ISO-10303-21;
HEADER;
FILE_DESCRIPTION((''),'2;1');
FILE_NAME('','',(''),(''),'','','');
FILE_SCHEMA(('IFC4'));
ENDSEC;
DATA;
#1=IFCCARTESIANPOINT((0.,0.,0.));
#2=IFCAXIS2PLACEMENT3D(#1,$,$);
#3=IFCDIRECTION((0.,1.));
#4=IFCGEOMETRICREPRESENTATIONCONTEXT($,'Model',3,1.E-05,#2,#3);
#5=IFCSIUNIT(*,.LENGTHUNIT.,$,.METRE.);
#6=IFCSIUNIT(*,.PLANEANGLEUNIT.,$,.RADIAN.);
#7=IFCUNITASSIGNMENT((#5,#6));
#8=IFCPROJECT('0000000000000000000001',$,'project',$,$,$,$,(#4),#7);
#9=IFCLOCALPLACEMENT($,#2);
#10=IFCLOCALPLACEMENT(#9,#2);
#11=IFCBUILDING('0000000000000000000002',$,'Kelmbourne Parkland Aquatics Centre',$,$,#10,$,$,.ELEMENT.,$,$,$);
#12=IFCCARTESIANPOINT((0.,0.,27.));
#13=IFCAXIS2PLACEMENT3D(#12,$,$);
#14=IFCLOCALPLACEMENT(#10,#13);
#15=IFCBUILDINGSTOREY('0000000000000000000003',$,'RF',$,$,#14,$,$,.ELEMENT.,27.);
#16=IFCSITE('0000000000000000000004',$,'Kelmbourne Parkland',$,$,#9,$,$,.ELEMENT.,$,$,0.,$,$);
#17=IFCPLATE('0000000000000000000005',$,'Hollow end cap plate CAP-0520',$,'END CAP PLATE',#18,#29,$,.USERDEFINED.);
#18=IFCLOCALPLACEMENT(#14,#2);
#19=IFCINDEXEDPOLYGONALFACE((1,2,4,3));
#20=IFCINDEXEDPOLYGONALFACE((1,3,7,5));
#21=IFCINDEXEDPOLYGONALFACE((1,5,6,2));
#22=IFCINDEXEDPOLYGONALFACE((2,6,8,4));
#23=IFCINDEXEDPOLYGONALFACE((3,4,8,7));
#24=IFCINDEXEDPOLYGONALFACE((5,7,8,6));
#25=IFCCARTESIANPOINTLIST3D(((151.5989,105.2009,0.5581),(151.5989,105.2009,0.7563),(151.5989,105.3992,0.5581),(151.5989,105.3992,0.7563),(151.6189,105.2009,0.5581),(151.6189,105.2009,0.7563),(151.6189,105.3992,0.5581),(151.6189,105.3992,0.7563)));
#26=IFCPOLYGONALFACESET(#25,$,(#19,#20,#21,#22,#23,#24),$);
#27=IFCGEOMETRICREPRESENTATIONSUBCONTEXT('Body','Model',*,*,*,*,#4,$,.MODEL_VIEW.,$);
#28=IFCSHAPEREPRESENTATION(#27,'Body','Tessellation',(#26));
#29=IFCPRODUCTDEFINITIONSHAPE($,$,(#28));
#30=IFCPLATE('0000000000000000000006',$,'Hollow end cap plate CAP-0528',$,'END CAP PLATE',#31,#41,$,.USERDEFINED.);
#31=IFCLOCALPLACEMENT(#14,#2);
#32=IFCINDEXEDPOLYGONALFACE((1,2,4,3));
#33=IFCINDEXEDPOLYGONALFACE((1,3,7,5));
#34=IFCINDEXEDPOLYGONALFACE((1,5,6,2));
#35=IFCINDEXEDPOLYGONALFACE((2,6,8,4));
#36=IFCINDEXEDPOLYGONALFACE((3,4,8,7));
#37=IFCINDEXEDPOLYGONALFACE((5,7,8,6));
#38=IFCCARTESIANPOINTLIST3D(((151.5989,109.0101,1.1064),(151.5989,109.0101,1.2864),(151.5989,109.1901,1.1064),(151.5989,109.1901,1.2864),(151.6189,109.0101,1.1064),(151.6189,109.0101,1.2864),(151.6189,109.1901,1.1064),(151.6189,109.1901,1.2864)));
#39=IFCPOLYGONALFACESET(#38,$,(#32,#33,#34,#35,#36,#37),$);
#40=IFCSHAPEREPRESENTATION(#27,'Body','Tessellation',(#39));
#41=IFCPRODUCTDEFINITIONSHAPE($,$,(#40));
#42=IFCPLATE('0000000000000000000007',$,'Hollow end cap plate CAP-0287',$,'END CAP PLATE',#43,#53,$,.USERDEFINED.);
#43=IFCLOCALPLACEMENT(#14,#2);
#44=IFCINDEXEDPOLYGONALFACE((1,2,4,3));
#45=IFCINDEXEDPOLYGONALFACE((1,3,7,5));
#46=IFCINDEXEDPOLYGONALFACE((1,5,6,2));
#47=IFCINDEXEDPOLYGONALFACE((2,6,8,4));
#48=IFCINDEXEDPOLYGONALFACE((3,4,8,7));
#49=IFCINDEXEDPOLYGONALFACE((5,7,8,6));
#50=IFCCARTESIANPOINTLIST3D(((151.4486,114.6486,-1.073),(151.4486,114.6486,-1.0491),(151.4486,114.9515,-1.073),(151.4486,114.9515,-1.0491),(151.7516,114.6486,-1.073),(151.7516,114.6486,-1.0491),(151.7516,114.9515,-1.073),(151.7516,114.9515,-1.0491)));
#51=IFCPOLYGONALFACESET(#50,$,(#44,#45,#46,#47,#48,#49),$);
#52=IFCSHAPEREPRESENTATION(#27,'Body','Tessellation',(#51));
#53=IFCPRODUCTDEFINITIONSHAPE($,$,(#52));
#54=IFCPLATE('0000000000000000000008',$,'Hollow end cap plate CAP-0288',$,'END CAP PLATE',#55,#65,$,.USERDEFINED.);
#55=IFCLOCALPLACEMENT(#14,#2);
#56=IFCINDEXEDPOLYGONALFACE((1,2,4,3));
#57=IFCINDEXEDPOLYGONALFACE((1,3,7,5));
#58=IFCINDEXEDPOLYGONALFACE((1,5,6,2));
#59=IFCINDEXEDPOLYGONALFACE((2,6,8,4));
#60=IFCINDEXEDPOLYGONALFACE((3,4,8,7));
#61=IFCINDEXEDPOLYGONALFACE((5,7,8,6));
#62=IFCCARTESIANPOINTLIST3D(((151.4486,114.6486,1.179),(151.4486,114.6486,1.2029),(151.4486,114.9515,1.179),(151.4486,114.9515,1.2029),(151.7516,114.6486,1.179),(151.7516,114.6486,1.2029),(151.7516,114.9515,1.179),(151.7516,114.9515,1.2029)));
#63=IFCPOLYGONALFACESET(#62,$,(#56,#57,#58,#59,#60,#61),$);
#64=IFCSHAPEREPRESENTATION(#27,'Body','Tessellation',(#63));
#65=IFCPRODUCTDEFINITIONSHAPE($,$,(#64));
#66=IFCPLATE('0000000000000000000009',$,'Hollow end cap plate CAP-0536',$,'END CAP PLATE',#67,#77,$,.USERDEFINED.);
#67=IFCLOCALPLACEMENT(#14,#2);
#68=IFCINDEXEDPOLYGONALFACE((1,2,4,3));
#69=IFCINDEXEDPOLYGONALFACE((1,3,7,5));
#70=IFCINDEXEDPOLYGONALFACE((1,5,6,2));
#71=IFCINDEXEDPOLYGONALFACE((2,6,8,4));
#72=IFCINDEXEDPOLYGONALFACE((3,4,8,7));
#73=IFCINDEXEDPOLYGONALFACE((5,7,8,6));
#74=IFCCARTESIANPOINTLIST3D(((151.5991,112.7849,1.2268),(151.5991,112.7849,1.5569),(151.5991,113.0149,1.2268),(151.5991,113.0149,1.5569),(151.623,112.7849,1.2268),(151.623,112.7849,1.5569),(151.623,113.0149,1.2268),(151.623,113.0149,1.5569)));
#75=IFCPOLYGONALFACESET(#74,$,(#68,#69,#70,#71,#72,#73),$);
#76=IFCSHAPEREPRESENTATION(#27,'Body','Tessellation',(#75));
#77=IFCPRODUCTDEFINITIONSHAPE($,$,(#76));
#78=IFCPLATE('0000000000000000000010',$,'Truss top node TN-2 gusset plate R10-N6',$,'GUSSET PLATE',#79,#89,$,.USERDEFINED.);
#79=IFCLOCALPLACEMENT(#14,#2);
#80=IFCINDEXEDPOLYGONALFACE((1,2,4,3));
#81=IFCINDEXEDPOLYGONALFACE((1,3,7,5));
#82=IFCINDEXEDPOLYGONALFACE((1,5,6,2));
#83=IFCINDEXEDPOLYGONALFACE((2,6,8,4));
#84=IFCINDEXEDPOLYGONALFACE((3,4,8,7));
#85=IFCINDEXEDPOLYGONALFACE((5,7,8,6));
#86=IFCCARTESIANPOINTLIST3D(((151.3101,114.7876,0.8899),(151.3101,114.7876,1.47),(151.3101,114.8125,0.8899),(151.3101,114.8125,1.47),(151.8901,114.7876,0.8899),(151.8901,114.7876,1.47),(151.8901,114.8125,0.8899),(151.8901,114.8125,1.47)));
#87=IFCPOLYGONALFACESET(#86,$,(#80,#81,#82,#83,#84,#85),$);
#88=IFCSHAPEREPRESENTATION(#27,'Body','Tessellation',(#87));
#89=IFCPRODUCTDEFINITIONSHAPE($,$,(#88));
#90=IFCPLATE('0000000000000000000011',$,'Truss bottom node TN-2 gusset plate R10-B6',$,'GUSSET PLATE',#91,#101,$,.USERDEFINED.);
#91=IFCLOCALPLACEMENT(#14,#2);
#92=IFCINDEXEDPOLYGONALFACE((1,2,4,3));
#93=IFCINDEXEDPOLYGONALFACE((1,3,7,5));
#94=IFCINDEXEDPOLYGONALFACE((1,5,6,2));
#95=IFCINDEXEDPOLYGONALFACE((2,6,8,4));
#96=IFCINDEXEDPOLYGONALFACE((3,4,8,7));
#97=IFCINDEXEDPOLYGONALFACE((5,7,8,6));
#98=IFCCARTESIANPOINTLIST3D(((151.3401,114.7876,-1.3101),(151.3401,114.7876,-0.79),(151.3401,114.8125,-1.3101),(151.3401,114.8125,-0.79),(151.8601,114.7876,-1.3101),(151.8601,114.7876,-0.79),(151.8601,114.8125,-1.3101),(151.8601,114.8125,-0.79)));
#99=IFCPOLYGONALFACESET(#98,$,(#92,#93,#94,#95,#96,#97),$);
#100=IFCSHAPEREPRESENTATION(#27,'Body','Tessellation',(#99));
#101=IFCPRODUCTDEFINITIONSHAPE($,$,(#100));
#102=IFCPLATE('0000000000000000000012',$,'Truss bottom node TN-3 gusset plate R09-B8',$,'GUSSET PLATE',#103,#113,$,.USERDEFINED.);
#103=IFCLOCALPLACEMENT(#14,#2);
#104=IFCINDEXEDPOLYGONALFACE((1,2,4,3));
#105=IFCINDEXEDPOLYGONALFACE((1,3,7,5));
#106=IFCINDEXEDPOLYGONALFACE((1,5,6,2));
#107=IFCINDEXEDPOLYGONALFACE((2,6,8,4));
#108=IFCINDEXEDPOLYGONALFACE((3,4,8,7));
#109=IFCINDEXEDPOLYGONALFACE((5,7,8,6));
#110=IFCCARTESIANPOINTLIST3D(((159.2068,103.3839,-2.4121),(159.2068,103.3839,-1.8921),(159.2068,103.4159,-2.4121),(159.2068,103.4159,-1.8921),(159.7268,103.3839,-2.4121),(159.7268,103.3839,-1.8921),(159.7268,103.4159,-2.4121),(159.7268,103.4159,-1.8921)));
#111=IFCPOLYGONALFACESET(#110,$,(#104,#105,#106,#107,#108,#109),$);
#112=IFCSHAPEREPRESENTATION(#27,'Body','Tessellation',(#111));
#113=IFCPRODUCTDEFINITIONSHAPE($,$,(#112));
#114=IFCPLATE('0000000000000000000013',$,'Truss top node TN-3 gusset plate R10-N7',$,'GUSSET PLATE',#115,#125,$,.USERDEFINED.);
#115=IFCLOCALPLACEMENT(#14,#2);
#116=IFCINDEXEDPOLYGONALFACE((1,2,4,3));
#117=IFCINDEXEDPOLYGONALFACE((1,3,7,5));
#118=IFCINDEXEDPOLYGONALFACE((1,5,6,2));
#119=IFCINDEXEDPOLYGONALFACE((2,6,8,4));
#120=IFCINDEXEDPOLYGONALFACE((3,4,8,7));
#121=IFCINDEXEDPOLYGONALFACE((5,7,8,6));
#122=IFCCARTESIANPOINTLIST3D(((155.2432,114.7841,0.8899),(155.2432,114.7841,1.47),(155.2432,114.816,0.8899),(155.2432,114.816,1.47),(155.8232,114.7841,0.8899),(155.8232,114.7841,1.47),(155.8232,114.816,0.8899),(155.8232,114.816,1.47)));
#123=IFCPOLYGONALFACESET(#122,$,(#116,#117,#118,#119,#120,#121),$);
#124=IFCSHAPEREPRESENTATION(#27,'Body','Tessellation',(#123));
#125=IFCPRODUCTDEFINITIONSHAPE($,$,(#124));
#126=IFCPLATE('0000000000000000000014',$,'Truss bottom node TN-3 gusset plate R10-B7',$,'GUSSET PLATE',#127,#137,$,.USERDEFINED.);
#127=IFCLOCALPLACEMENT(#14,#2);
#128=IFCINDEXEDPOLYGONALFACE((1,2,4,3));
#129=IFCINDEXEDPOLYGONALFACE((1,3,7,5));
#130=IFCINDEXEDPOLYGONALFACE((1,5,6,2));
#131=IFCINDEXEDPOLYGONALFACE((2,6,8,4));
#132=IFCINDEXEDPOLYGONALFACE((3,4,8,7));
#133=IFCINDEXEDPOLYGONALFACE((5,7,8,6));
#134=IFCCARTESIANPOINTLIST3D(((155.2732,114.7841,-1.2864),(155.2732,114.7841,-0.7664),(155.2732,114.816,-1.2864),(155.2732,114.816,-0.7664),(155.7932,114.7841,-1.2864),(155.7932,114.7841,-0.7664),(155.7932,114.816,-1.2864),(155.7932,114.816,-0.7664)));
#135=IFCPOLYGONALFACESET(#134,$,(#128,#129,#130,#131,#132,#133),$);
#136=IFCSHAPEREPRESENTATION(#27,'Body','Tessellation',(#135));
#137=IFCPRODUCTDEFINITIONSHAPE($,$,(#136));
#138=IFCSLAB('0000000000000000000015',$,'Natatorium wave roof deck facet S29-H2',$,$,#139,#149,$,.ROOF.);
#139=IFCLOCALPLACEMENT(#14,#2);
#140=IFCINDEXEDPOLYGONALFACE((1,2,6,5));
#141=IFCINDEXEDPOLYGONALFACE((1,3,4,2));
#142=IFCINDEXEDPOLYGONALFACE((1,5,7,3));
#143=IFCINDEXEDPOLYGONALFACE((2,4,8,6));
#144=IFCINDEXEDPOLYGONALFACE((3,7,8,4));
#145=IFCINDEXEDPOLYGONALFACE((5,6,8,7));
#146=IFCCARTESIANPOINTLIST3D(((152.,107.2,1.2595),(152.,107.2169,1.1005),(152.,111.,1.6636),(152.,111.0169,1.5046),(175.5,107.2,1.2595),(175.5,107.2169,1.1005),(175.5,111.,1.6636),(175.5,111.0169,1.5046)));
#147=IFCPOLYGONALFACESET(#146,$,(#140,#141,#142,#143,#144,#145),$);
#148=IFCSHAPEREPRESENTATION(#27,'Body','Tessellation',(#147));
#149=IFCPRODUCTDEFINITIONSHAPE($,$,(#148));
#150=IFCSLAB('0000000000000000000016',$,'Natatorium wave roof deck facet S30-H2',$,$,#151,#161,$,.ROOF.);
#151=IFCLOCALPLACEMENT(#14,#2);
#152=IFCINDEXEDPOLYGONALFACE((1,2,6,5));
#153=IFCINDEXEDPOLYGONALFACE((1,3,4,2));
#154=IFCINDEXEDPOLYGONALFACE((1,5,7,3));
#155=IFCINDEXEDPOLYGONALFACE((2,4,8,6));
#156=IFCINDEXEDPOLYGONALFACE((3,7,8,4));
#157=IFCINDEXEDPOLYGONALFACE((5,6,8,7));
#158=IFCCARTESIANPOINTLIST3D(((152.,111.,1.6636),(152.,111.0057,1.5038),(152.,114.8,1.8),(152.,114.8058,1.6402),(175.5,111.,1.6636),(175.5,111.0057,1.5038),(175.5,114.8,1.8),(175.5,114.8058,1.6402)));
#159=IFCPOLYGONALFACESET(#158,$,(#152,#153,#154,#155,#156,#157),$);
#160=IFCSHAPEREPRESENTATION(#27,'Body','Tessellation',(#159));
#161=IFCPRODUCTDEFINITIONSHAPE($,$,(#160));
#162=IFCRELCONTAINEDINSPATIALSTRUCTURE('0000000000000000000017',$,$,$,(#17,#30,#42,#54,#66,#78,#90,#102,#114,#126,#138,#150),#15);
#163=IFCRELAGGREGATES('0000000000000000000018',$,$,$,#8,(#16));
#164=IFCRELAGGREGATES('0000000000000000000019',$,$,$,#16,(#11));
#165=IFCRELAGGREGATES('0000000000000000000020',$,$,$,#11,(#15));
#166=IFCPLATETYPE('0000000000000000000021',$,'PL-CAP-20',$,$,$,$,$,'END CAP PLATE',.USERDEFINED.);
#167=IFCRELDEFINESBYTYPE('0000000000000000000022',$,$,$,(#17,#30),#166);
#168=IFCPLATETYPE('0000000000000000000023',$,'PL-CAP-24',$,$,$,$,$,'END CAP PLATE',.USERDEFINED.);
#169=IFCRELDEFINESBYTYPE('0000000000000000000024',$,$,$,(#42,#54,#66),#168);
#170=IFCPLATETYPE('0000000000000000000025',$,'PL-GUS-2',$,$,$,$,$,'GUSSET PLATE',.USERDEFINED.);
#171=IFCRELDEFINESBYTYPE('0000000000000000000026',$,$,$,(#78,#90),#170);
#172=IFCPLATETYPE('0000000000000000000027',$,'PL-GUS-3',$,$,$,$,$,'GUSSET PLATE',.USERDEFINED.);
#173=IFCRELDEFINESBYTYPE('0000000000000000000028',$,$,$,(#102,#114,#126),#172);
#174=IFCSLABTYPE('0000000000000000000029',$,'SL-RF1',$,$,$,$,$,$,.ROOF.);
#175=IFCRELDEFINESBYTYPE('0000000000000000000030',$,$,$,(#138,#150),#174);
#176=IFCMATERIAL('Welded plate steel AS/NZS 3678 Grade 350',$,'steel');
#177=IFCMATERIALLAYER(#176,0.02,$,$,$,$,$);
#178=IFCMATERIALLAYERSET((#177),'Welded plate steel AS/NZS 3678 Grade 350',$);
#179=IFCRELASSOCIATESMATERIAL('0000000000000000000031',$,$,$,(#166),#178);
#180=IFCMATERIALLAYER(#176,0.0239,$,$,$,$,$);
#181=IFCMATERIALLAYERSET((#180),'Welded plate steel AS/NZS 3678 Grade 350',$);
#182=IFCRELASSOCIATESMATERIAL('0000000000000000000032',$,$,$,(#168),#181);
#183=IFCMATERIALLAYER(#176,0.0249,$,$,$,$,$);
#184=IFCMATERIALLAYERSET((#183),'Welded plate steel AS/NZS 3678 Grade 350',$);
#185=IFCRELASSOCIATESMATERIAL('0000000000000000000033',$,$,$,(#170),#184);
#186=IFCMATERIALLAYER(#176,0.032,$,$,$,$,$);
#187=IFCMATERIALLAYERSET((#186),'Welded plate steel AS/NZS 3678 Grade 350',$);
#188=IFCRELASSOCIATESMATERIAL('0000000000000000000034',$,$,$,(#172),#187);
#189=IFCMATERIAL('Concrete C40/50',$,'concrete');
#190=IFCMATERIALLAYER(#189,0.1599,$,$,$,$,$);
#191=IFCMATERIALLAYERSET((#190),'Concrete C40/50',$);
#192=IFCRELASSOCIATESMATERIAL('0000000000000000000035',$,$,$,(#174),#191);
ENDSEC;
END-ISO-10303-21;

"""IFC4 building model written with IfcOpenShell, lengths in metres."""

from ifc_helpers import new_model, si_unit, direction, frame, origin, origin_2d, place, context, subcontext, project, spatial, polyline, rectangle, outline, extrude, material, layer, layer_set, type_object, element, save


model = new_model("IFC4")

# Units and contexts
model_context = context("Model", 3, precision=1e-05, world=origin(), true_north=direction((0.0, 1.0)))
body_context = subcontext(model_context, "Body", "Model", "MODEL_VIEW")
ifc_project = project(units=[si_unit("LENGTHUNIT", "METRE"), si_unit("PLANEANGLEUNIT", "RADIAN")], contexts=[model_context])

# Site, building, storey
site_placement = place(None, origin())
site = spatial("IfcSite", under=ifc_project, at=site_placement, Name="Kelmbourne Parkland", CompositionType="ELEMENT", RefElevation=0.0)
building_placement = place(site_placement, origin())
building = spatial("IfcBuilding", under=site, at=building_placement, Name="Kelmbourne Parkland Aquatics Centre", CompositionType="ELEMENT")
storey_placement = place(building_placement, frame((0.0, 0.0, 27.0)))
storey = spatial("IfcBuildingStorey", under=building, at=storey_placement, Name="RF", CompositionType="ELEMENT", Elevation=27.0)

# Shared definitions
ifc_material_1 = material(Name="Welded plate steel AS/NZS 3678 Grade 350", Category="steel")

# Plates
ifc_layer_1 = layer(ifc_material_1, 0.02)
ifc_layer_set_1 = layer_set([ifc_layer_1], Name="Welded plate steel AS/NZS 3678 Grade 350")
plate_type_1 = type_object("IfcPlateType", Name="PL-CAP-20", ElementType="END CAP PLATE", PredefinedType="USERDEFINED", material=ifc_layer_set_1)
plate_1_placement = place(storey_placement, frame((151.6089, 105.3, 0.5581), z_axis=(0.0, 0.0, 1.0), x_axis=(1.0, 0.0, 0.0)))
element("IfcPlate", 1, at=plate_1_placement, inside=storey, type_object=plate_type_1, Name="Hollow end cap plate CAP-0520", ObjectType="END CAP PLATE", PredefinedType="USERDEFINED", context=body_context, shape_type="SweptSolid", body=[
    extrude(rectangle(XDim=0.02, YDim=0.1982, at=origin_2d()), origin(), (0.0, 0.0, 1.0), 0.1982),
])
plate_2_placement = place(storey_placement, frame((151.6089, 109.1001, 1.1064), z_axis=(0.0, 0.0, 1.0), x_axis=(1.0, 0.0, 0.0)))
element("IfcPlate", 2, at=plate_2_placement, inside=storey, type_object=plate_type_1, Name="Hollow end cap plate CAP-0528", ObjectType="END CAP PLATE", PredefinedType="USERDEFINED", context=body_context, shape_type="SweptSolid", body=[
    extrude(rectangle(XDim=0.02, YDim=0.1799, at=origin_2d()), origin(), (0.0, 0.0, 1.0), 0.1799),
])
ifc_layer_2 = layer(ifc_material_1, 0.0239)
ifc_layer_set_2 = layer_set([ifc_layer_2], Name="Welded plate steel AS/NZS 3678 Grade 350")
plate_type_2 = type_object("IfcPlateType", Name="PL-CAP-24", ElementType="END CAP PLATE", PredefinedType="USERDEFINED", material=ifc_layer_set_2)
for number, where, z_axis, x_axis, name in (
    (3, (151.6001, 114.8, -1.073), (0.0, 0.0, 1.0), (1.0, 0.0, 0.0), "Hollow end cap plate CAP-0287"),
    (4, (151.6001, 114.8, 1.179), (0.0, 0.0, 1.0), (1.0, 0.0, 0.0), "Hollow end cap plate CAP-0288"),
):
    element("IfcPlate", number, at=place(storey_placement, frame(where, z_axis=z_axis, x_axis=x_axis)), inside=storey, type_object=plate_type_2, Name=name, ObjectType="END CAP PLATE", PredefinedType="USERDEFINED", context=body_context, shape_type="SweptSolid", body=[
        extrude(rectangle(XDim=0.303, YDim=0.303, at=origin_2d()), origin(), (0.0, 0.0, 1.0), 0.0239),
    ])
plate_3_placement = place(storey_placement, frame((151.6111, 112.8999, 1.2268), z_axis=(0.0, 0.0, 1.0), x_axis=(1.0, 0.0, 0.0)))
element("IfcPlate", 5, at=plate_3_placement, inside=storey, type_object=plate_type_2, Name="Hollow end cap plate CAP-0536", ObjectType="END CAP PLATE", PredefinedType="USERDEFINED", context=body_context, shape_type="SweptSolid", body=[
    extrude(rectangle(XDim=0.0239, YDim=0.23, at=origin_2d()), origin(), (0.0, 0.0, 1.0), 0.3301),
])
ifc_layer_3 = layer(ifc_material_1, 0.0249)
ifc_layer_set_3 = layer_set([ifc_layer_3], Name="Welded plate steel AS/NZS 3678 Grade 350")
plate_type_3 = type_object("IfcPlateType", Name="PL-GUS-2", ElementType="GUSSET PLATE", PredefinedType="USERDEFINED", material=ifc_layer_set_3)
plate_4_placement = place(storey_placement, frame((151.6001, 114.8, 0.8899), z_axis=(0.0, 0.0, 1.0), x_axis=(1.0, 0.0, 0.0)))
element("IfcPlate", 6, at=plate_4_placement, inside=storey, type_object=plate_type_3, Name="Truss top node TN-2 gusset plate R10-N6", ObjectType="GUSSET PLATE", PredefinedType="USERDEFINED", context=body_context, shape_type="SweptSolid", body=[
    extrude(rectangle(XDim=0.5801, YDim=0.0249, at=origin_2d()), origin(), (0.0, 0.0, 1.0), 0.5801),
])
plate_5_placement = place(storey_placement, frame((151.6001, 114.8, -1.3101), z_axis=(0.0, 0.0, 1.0), x_axis=(1.0, 0.0, 0.0)))
element("IfcPlate", 7, at=plate_5_placement, inside=storey, type_object=plate_type_3, Name="Truss bottom node TN-2 gusset plate R10-B6", ObjectType="GUSSET PLATE", PredefinedType="USERDEFINED", context=body_context, shape_type="SweptSolid", body=[
    extrude(rectangle(XDim=0.52, YDim=0.0249, at=origin_2d()), origin(), (0.0, 0.0, 1.0), 0.52),
])
ifc_layer_4 = layer(ifc_material_1, 0.032)
ifc_layer_set_4 = layer_set([ifc_layer_4], Name="Welded plate steel AS/NZS 3678 Grade 350")
plate_type_4 = type_object("IfcPlateType", Name="PL-GUS-3", ElementType="GUSSET PLATE", PredefinedType="USERDEFINED", material=ifc_layer_set_4)
plate_6_placement = place(storey_placement, frame((159.4668, 103.3999, -2.4121), z_axis=(0.0, 0.0, 1.0), x_axis=(1.0, 0.0, 0.0)))
element("IfcPlate", 8, at=plate_6_placement, inside=storey, type_object=plate_type_4, Name="Truss bottom node TN-3 gusset plate R09-B8", ObjectType="GUSSET PLATE", PredefinedType="USERDEFINED", context=body_context, shape_type="SweptSolid", body=[
    extrude(rectangle(XDim=0.52, YDim=0.032, at=origin_2d()), origin(), (0.0, 0.0, 1.0), 0.52),
])
plate_7_placement = place(storey_placement, frame((155.5332, 114.8, 0.8899), z_axis=(0.0, 0.0, 1.0), x_axis=(1.0, 0.0, 0.0)))
element("IfcPlate", 9, at=plate_7_placement, inside=storey, type_object=plate_type_4, Name="Truss top node TN-3 gusset plate R10-N7", ObjectType="GUSSET PLATE", PredefinedType="USERDEFINED", context=body_context, shape_type="SweptSolid", body=[
    extrude(rectangle(XDim=0.5801, YDim=0.032, at=origin_2d()), origin(), (0.0, 0.0, 1.0), 0.5801),
])
plate_8_placement = place(storey_placement, frame((155.5332, 114.8, -1.2864), z_axis=(0.0, 0.0, 1.0), x_axis=(1.0, 0.0, 0.0)))
element("IfcPlate", 10, at=plate_8_placement, inside=storey, type_object=plate_type_4, Name="Truss bottom node TN-3 gusset plate R10-B7", ObjectType="GUSSET PLATE", PredefinedType="USERDEFINED", context=body_context, shape_type="SweptSolid", body=[
    extrude(rectangle(XDim=0.52, YDim=0.032, at=origin_2d()), origin(), (0.0, 0.0, 1.0), 0.52),
])

# Slabs
ifc_material_2 = material(Name="Concrete C40/50", Category="concrete")
ifc_layer_5 = layer(ifc_material_2, 0.1599)
ifc_layer_set_5 = layer_set([ifc_layer_5], Name="Concrete C40/50")
slab_type = type_object("IfcSlabType", Name="SL-RF1", PredefinedType="ROOF", material=ifc_layer_set_5)
slab_1_placement = place(storey_placement, frame((152.0, 107.2, 1.2595), z_axis=(0.0, -0.105732, 0.994395), x_axis=(1.0, 0.0, 0.0)))
element("IfcSlab", 11, at=slab_1_placement, inside=storey, type_object=slab_type, Name="Natatorium wave roof deck facet S29-H2", PredefinedType="ROOF", context=body_context, shape_type="SweptSolid", body=[
    extrude(outline(polyline([(0.0, 0.0), (23.5, 0.0), (23.5, 3.8215), (0.0, 3.8215), (0.0, 0.0)])), origin(), (0.0, 0.0, -1.0), 0.1599),
])
slab_2_placement = place(storey_placement, frame((152.0, 111.0, 1.6636), z_axis=(0.0, -0.035891, 0.999356), x_axis=(1.0, 0.0, 0.0)))
element("IfcSlab", 12, at=slab_2_placement, inside=storey, type_object=slab_type, Name="Natatorium wave roof deck facet S30-H2", PredefinedType="ROOF", context=body_context, shape_type="SweptSolid", body=[
    extrude(outline(polyline([(0.0, 0.0), (23.5, 0.0), (23.5, 3.8025), (0.0, 3.8025), (0.0, 0.0)])), origin(), (0.0, 0.0, -1.0), 0.1599),
])

save(model, "model.ifc")
